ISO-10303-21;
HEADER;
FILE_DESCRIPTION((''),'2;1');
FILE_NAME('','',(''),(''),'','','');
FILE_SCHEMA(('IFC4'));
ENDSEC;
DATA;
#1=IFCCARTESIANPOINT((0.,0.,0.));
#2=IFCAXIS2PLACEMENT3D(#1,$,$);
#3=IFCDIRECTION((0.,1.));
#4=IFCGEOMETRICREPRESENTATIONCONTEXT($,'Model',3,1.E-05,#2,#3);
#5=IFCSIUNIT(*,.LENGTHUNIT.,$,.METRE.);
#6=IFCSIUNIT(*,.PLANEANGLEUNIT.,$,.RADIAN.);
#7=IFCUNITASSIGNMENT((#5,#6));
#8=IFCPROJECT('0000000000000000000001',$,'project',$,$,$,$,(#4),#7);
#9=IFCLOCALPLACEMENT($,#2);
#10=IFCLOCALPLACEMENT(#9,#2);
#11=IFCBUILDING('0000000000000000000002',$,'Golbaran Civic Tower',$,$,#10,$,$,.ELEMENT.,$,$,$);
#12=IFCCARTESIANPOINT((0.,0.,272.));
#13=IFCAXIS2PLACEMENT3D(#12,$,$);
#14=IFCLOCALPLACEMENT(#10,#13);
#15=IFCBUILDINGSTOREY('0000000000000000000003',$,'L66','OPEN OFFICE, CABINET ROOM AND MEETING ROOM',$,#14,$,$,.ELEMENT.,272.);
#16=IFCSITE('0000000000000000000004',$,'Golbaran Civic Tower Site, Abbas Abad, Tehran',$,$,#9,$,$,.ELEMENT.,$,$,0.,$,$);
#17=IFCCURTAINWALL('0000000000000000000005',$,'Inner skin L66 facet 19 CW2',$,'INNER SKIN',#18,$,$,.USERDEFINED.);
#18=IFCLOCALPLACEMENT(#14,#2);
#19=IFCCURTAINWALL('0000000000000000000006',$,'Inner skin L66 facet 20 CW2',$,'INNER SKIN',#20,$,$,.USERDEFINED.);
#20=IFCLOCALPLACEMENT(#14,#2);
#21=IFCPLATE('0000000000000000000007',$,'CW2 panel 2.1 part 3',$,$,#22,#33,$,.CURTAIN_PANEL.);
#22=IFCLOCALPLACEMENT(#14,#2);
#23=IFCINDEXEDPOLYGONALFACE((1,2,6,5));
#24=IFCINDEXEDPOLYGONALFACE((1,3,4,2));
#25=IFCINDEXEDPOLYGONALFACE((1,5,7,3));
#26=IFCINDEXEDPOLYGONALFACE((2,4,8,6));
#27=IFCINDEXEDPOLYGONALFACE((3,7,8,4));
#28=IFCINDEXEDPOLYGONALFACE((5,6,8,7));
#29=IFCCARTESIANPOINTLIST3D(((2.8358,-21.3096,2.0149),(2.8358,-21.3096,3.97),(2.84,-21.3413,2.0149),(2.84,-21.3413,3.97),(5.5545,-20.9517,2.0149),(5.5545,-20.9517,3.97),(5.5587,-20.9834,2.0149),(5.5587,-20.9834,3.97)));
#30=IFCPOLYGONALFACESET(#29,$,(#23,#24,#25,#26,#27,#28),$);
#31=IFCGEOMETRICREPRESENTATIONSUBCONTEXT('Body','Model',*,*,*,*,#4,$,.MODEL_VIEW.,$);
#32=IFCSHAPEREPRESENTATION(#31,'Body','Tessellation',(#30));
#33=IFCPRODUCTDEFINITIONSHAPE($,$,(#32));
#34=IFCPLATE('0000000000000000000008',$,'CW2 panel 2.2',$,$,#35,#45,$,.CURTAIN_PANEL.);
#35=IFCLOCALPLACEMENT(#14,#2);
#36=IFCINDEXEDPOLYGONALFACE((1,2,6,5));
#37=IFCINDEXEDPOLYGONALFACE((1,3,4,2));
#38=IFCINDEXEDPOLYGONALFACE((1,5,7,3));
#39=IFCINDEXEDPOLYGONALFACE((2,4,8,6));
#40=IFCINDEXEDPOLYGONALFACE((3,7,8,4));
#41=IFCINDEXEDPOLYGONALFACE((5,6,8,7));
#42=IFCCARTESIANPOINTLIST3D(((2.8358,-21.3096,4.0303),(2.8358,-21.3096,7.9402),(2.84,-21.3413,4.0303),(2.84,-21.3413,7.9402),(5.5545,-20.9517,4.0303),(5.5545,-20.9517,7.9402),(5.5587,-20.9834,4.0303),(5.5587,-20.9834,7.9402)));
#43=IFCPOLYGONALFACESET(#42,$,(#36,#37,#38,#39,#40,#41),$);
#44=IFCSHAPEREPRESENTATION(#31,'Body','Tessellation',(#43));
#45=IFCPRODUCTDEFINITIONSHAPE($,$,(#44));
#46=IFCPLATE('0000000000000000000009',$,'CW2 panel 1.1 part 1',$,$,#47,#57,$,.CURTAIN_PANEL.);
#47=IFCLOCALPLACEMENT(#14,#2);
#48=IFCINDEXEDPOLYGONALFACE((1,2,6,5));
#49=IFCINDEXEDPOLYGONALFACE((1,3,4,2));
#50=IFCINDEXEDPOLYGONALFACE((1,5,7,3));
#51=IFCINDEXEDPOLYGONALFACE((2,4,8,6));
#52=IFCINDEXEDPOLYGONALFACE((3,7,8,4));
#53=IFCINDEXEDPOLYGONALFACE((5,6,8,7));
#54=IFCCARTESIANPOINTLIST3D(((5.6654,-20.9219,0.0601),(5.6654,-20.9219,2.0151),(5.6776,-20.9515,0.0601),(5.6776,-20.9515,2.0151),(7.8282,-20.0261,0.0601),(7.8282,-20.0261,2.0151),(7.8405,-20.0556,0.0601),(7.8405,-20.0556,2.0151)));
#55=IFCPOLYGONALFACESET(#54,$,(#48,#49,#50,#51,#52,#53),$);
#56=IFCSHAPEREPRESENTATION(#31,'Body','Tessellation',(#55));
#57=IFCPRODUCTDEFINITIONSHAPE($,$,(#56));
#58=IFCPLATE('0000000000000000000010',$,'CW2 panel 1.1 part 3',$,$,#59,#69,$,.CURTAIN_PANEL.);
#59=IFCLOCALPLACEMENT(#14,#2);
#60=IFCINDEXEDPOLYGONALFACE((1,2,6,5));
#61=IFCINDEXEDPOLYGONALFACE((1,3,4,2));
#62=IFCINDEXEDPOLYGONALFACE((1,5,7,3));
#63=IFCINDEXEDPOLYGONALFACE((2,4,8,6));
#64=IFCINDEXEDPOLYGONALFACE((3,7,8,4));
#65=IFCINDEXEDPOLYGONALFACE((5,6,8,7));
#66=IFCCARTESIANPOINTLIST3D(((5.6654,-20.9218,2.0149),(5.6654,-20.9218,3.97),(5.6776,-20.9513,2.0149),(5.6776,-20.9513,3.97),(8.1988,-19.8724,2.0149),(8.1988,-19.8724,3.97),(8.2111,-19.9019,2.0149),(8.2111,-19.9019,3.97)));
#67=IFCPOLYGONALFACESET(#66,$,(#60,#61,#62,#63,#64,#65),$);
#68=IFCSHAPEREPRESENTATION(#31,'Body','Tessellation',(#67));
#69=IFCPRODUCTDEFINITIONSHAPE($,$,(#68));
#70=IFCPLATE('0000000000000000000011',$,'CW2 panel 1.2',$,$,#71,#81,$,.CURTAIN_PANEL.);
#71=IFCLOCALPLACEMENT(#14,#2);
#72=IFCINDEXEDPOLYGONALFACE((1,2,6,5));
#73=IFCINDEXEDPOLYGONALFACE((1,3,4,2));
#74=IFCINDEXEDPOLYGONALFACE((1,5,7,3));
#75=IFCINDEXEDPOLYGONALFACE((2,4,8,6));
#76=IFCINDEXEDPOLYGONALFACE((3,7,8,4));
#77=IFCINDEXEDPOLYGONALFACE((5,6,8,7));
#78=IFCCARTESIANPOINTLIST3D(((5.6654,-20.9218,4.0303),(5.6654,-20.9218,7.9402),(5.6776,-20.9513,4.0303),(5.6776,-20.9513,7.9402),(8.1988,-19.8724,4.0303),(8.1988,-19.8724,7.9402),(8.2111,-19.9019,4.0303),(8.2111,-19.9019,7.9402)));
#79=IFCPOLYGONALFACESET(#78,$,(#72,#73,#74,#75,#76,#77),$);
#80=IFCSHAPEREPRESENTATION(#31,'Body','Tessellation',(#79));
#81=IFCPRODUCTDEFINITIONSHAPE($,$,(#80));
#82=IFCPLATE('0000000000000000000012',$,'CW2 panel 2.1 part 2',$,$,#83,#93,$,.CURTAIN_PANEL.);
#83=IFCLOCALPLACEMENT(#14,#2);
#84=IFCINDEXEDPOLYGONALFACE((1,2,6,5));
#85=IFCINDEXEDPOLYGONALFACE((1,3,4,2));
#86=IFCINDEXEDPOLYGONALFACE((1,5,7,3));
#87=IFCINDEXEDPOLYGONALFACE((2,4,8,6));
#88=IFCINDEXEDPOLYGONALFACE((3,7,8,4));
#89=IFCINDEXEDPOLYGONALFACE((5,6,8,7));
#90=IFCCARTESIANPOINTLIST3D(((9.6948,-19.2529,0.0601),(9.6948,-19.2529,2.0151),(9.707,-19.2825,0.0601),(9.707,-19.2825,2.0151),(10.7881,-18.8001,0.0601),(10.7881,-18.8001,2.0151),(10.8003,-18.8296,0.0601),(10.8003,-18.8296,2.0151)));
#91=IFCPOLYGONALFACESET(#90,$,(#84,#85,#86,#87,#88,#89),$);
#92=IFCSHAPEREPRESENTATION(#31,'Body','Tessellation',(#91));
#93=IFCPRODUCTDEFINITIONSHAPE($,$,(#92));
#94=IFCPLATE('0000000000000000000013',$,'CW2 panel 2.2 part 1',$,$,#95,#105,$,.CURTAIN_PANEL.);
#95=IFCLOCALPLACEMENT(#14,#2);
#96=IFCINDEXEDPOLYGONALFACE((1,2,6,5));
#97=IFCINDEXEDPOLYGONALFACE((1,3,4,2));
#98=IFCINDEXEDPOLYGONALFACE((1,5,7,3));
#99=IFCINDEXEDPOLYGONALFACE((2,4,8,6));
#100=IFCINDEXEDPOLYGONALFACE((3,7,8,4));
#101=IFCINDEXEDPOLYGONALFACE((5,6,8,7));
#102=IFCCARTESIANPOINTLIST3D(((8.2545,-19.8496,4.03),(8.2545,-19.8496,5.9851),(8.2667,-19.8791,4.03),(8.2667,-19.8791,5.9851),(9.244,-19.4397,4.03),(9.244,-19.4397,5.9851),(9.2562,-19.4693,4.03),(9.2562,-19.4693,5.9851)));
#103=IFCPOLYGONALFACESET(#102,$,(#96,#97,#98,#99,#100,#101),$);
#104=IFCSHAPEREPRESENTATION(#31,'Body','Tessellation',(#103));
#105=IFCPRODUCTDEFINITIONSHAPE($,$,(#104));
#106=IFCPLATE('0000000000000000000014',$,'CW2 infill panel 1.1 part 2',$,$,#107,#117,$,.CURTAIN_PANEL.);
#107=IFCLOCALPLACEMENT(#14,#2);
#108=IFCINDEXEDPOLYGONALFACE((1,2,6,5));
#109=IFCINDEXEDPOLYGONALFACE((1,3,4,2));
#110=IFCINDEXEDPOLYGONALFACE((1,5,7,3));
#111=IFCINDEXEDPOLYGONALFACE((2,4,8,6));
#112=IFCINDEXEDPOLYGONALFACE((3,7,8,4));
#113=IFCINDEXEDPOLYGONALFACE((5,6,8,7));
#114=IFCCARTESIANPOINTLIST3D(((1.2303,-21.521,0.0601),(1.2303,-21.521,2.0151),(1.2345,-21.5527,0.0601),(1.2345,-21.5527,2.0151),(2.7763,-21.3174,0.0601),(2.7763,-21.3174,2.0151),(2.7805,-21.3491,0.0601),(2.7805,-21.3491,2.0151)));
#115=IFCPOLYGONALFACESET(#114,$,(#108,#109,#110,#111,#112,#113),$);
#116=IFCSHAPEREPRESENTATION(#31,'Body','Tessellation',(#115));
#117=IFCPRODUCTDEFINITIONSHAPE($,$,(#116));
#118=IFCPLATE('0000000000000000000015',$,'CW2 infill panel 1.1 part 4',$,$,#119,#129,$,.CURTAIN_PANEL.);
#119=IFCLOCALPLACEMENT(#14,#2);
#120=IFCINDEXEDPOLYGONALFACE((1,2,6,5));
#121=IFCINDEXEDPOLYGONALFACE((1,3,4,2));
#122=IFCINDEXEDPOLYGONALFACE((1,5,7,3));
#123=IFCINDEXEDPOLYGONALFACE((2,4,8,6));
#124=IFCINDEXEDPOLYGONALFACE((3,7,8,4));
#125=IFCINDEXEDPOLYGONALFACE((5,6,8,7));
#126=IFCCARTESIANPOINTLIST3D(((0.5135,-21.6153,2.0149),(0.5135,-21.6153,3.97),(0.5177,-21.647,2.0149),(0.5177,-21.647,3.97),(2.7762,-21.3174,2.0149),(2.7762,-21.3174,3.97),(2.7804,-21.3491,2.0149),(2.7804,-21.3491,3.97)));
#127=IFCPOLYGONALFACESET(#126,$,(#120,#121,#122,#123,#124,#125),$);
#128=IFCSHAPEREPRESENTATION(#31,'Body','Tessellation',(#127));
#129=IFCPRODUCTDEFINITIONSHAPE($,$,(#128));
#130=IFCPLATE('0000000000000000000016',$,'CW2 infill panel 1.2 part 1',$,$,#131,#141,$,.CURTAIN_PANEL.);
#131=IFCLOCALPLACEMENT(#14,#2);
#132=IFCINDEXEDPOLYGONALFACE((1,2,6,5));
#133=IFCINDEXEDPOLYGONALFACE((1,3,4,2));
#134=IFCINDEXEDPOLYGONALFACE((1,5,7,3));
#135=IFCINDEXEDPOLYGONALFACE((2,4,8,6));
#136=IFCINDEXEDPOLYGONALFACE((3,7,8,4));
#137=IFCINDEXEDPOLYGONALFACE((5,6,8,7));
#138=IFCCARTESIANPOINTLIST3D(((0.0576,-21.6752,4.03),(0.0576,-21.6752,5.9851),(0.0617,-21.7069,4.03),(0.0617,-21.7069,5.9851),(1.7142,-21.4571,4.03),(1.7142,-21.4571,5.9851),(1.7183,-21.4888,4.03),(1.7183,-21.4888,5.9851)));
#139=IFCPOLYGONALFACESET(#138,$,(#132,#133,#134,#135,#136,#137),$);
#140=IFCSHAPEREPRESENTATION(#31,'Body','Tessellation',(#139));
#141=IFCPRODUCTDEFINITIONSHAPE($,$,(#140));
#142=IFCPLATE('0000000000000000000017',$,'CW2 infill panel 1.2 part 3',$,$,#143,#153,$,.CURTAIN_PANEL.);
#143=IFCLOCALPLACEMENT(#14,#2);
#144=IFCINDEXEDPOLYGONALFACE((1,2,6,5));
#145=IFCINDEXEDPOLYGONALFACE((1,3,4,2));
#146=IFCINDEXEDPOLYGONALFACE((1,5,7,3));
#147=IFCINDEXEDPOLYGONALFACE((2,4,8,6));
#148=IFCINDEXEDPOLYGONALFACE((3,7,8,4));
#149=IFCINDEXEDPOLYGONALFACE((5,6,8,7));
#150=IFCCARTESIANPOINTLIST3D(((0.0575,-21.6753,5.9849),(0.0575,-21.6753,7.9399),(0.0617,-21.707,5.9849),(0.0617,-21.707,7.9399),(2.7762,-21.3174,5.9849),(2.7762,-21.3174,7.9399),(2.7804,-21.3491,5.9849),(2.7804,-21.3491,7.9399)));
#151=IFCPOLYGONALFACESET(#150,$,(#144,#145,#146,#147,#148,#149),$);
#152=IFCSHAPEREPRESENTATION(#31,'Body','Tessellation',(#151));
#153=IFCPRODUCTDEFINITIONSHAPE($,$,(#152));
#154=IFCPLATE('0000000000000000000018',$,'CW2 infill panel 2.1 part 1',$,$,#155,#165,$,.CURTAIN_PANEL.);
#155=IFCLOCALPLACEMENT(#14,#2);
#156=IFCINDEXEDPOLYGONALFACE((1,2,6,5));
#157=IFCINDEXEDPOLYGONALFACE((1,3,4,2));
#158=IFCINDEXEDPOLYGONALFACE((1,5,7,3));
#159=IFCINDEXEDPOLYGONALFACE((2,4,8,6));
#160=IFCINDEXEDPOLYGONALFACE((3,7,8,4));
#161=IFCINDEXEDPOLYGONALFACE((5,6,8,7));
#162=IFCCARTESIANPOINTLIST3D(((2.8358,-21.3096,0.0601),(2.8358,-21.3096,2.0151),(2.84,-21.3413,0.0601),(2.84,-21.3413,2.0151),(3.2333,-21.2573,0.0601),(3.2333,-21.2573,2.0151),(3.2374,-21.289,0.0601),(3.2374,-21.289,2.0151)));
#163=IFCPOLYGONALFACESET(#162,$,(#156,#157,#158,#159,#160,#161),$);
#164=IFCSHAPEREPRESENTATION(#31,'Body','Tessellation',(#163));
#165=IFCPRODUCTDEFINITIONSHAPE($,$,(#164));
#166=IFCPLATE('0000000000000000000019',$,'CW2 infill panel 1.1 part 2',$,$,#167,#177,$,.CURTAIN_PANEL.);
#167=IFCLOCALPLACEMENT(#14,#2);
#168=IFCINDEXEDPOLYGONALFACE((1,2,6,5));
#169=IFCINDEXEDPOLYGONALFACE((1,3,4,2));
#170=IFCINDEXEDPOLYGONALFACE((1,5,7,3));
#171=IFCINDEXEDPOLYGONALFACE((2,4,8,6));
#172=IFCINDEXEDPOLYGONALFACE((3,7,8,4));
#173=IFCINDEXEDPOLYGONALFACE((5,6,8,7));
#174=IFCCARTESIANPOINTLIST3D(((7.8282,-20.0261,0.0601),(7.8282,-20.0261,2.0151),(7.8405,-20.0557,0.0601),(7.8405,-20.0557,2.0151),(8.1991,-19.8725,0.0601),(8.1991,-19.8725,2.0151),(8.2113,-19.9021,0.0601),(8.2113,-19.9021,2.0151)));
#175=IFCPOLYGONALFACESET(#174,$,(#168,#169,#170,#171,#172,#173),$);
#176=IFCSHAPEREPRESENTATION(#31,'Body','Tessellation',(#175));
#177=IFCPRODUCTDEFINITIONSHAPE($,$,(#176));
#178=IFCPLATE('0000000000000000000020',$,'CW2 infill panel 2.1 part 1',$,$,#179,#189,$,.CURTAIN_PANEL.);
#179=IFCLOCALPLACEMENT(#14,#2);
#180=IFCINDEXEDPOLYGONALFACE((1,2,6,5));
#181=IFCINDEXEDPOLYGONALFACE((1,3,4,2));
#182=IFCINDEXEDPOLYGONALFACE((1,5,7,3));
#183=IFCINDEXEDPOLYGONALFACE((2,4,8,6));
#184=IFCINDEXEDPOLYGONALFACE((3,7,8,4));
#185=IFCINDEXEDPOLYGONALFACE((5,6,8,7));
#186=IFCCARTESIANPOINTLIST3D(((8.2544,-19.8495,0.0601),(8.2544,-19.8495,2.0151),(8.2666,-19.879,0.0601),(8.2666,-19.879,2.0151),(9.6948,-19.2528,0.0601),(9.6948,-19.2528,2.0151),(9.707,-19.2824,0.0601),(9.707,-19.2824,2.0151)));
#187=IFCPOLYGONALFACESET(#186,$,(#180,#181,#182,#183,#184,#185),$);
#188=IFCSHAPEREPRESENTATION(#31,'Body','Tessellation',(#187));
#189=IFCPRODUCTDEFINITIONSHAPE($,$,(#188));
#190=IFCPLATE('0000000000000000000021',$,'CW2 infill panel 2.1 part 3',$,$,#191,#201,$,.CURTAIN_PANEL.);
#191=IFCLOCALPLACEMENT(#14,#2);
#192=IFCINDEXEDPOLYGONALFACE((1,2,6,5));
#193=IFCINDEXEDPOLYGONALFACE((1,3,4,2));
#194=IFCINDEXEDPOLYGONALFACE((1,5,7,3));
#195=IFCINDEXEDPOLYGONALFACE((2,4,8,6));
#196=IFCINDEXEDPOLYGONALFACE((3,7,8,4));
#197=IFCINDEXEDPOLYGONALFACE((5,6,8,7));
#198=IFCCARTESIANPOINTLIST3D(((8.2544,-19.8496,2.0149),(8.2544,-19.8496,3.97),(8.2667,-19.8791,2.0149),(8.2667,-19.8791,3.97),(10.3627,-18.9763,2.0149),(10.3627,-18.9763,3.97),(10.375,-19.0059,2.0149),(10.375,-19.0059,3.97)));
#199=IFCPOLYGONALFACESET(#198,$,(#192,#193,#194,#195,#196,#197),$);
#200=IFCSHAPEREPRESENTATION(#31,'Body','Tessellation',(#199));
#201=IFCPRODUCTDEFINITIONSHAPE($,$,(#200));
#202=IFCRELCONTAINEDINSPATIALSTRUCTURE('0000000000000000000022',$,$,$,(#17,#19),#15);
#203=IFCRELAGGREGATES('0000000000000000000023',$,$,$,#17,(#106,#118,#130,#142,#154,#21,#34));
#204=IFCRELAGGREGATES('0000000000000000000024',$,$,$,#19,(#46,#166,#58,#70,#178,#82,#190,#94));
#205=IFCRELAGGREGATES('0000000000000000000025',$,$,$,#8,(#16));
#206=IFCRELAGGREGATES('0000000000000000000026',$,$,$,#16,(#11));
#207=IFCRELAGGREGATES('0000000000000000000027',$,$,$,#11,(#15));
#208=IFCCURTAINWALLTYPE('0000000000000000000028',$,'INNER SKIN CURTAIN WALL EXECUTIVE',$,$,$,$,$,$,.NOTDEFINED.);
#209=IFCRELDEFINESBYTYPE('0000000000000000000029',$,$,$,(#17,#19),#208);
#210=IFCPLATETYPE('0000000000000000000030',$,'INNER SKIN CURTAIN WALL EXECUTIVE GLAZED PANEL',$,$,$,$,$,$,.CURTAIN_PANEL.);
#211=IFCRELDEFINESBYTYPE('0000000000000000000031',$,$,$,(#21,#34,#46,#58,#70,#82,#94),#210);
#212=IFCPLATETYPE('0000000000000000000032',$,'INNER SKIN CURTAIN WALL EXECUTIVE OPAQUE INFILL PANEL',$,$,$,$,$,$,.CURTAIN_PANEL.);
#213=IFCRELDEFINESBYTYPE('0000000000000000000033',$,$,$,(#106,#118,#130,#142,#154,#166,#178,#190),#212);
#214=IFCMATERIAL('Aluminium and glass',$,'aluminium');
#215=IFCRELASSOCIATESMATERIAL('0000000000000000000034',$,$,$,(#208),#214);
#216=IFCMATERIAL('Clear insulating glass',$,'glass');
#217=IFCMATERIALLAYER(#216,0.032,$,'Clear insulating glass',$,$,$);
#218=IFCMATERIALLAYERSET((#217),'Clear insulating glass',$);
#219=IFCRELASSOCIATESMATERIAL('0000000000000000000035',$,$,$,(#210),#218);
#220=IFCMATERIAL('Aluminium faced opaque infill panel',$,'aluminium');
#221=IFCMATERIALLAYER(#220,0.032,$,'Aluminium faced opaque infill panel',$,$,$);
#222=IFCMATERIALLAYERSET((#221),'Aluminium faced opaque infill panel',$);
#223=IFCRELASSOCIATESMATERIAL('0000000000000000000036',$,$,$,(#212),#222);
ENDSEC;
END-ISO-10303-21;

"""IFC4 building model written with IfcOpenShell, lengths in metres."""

from ifc_helpers import new_model, si_unit, direction, frame, origin, origin_2d, place, context, subcontext, project, spatial, rectangle, extrude, material, layer, layer_set, type_object, element, aggregate, save


model = new_model("IFC4")

# Units and contexts
model_context = context("Model", 3, precision=1e-05, world=origin(), true_north=direction((0.0, 1.0)))
body_context = subcontext(model_context, "Body", "Model", "MODEL_VIEW")
ifc_project = project(units=[si_unit("LENGTHUNIT", "METRE"), si_unit("PLANEANGLEUNIT", "RADIAN")], contexts=[model_context])

# Site, building, storey
site_placement = place(None, origin())
site = spatial("IfcSite", under=ifc_project, at=site_placement, Name="Golbaran Civic Tower Site, Abbas Abad, Tehran", CompositionType="ELEMENT", RefElevation=0.0)
building_placement = place(site_placement, origin())
building = spatial("IfcBuilding", under=site, at=building_placement, Name="Golbaran Civic Tower", CompositionType="ELEMENT")
storey_placement = place(building_placement, frame((0.0, 0.0, 272.0)))
storey = spatial("IfcBuildingStorey", under=building, at=storey_placement, Name="L66", Description="OPEN OFFICE, CABINET ROOM AND MEETING ROOM", CompositionType="ELEMENT", Elevation=272.0)

# Curtain walls
ifc_material_1 = material(Name="Aluminium and glass", Category="aluminium")
curtain_wall_type = type_object("IfcCurtainWallType", Name="INNER SKIN CURTAIN WALL EXECUTIVE", PredefinedType="NOTDEFINED", material=ifc_material_1)
curtain_wall_1_placement = place(storey_placement, origin())
curtain_wall_1 = element("IfcCurtainWall", 1, at=curtain_wall_1_placement, inside=storey, type_object=curtain_wall_type, Name="Inner skin L66 facet 19 CW2", ObjectType="INNER SKIN", PredefinedType="USERDEFINED")
curtain_wall_2_placement = place(storey_placement, origin())
curtain_wall_2 = element("IfcCurtainWall", 2, at=curtain_wall_2_placement, inside=storey, type_object=curtain_wall_type, Name="Inner skin L66 facet 20 CW2", ObjectType="INNER SKIN", PredefinedType="USERDEFINED")

# Plates
ifc_material_2 = material(Name="Clear insulating glass", Category="glass")
ifc_layer_1 = layer(ifc_material_2, 0.032, Name="Clear insulating glass")
ifc_layer_set_1 = layer_set([ifc_layer_1], Name="Clear insulating glass")
plate_type_1 = type_object("IfcPlateType", Name="INNER SKIN CURTAIN WALL EXECUTIVE GLAZED PANEL", PredefinedType="CURTAIN_PANEL", material=ifc_layer_set_1)
plate_1_placement = place(storey_placement, frame((4.1973, -21.1465, 2.0149), z_axis=(0.0, 0.0, 1.0), x_axis=(0.991445, 0.130526, 0.0)))
plate_1 = element("IfcPlate", 3, at=plate_1_placement, type_object=plate_type_1, Name="CW2 panel 2.1 part 3", PredefinedType="CURTAIN_PANEL", context=body_context, shape_type="SweptSolid", body=[
    extrude(rectangle(XDim=2.7422, YDim=0.032, at=origin_2d()), origin(), (0.0, 0.0, 1.0), 1.9551),
])
plate_2_placement = place(storey_placement, frame((4.1973, -21.1465, 4.0303), z_axis=(0.0, 0.0, 1.0), x_axis=(0.991445, 0.130526, 0.0)))
plate_2 = element("IfcPlate", 4, at=plate_2_placement, type_object=plate_type_1, Name="CW2 panel 2.2", PredefinedType="CURTAIN_PANEL", context=body_context, shape_type="SweptSolid", body=[
    extrude(rectangle(XDim=2.7422, YDim=0.032, at=origin_2d()), origin(), (0.0, 0.0, 1.0), 3.9099),
])
plate_3_placement = place(storey_placement, frame((6.7529, -20.4888, 0.0601), z_axis=(0.0, 0.0, 1.0), x_axis=(0.92388, 0.382683, 0.0)))
plate_3 = element("IfcPlate", 5, at=plate_3_placement, type_object=plate_type_1, Name="CW2 panel 1.1 part 1", PredefinedType="CURTAIN_PANEL", context=body_context, shape_type="SweptSolid", body=[
    extrude(rectangle(XDim=2.3411, YDim=0.032, at=origin_2d()), origin(), (0.0, 0.0, 1.0), 1.9551),
])
plate_4_placement = place(storey_placement, frame((6.9382, -20.4119, 2.0149), z_axis=(0.0, 0.0, 1.0), x_axis=(0.92388, 0.382683, 0.0)))
plate_4 = element("IfcPlate", 6, at=plate_4_placement, type_object=plate_type_1, Name="CW2 panel 1.1 part 3", PredefinedType="CURTAIN_PANEL", context=body_context, shape_type="SweptSolid", body=[
    extrude(rectangle(XDim=2.7422, YDim=0.032, at=origin_2d()), origin(), (0.0, 0.0, 1.0), 1.9551),
])
plate_5_placement = place(storey_placement, frame((6.9382, -20.4119, 4.0303), z_axis=(0.0, 0.0, 1.0), x_axis=(0.92388, 0.382683, 0.0)))
plate_5 = element("IfcPlate", 7, at=plate_5_placement, type_object=plate_type_1, Name="CW2 panel 1.2", PredefinedType="CURTAIN_PANEL", context=body_context, shape_type="SweptSolid", body=[
    extrude(rectangle(XDim=2.7422, YDim=0.032, at=origin_2d()), origin(), (0.0, 0.0, 1.0), 3.9099),
])
plate_6_placement = place(storey_placement, frame((10.2476, -19.0413, 0.0601), z_axis=(0.0, 0.0, 1.0), x_axis=(0.92388, 0.382683, 0.0)))
plate_6 = element("IfcPlate", 8, at=plate_6_placement, type_object=plate_type_1, Name="CW2 panel 2.1 part 2", PredefinedType="CURTAIN_PANEL", context=body_context, shape_type="SweptSolid", body=[
    extrude(rectangle(XDim=1.1833, YDim=0.032, at=origin_2d()), origin(), (0.0, 0.0, 1.0), 1.9551),
])
plate_7_placement = place(storey_placement, frame((8.7554, -19.6594, 4.03), z_axis=(0.0, 0.0, 1.0), x_axis=(0.92388, 0.382683, 0.0)))
plate_7 = element("IfcPlate", 9, at=plate_7_placement, type_object=plate_type_1, Name="CW2 panel 2.2 part 1", PredefinedType="CURTAIN_PANEL", context=body_context, shape_type="SweptSolid", body=[
    extrude(rectangle(XDim=1.071, YDim=0.032, at=origin_2d()), origin(), (0.0, 0.0, 1.0), 1.9551),
])
ifc_material_3 = material(Name="Aluminium faced opaque infill panel", Category="aluminium")
ifc_layer_2 = layer(ifc_material_3, 0.032, Name="Aluminium faced opaque infill panel")
ifc_layer_set_2 = layer_set([ifc_layer_2], Name="Aluminium faced opaque infill panel")
plate_type_2 = type_object("IfcPlateType", Name="INNER SKIN CURTAIN WALL EXECUTIVE OPAQUE INFILL PANEL", PredefinedType="CURTAIN_PANEL", material=ifc_layer_set_2)
plate_8_placement = place(storey_placement, frame((2.0054, -21.4351, 0.0601), z_axis=(0.0, 0.0, 1.0), x_axis=(0.991445, 0.130526, 0.0)))
plate_8 = element("IfcPlate", 10, at=plate_8_placement, type_object=plate_type_2, Name="CW2 infill panel 1.1 part 2", PredefinedType="CURTAIN_PANEL", context=body_context, shape_type="SweptSolid", body=[
    extrude(rectangle(XDim=1.5593, YDim=0.032, at=origin_2d()), origin(), (0.0, 0.0, 1.0), 1.9551),
])
plate_9_placement = place(storey_placement, frame((1.647, -21.4822, 2.0149), z_axis=(0.0, 0.0, 1.0), x_axis=(0.991445, 0.130526, 0.0)))
plate_9 = element("IfcPlate", 11, at=plate_9_placement, type_object=plate_type_2, Name="CW2 infill panel 1.1 part 4", PredefinedType="CURTAIN_PANEL", context=body_context, shape_type="SweptSolid", body=[
    extrude(rectangle(XDim=2.2822, YDim=0.032, at=origin_2d()), origin(), (0.0, 0.0, 1.0), 1.9551),
])
plate_10_placement = place(storey_placement, frame((0.8879, -21.582, 4.03), z_axis=(0.0, 0.0, 1.0), x_axis=(0.991445, 0.130526, 0.0)))
plate_10 = element("IfcPlate", 12, at=plate_10_placement, type_object=plate_type_2, Name="CW2 infill panel 1.2 part 1", PredefinedType="CURTAIN_PANEL", context=body_context, shape_type="SweptSolid", body=[
    extrude(rectangle(XDim=1.6709, YDim=0.032, at=origin_2d()), origin(), (0.0, 0.0, 1.0), 1.9551),
])
plate_11_placement = place(storey_placement, frame((1.4189, -21.5122, 5.9849), z_axis=(0.0, 0.0, 1.0), x_axis=(0.991445, 0.130526, 0.0)))
plate_11 = element("IfcPlate", 13, at=plate_11_placement, type_object=plate_type_2, Name="CW2 infill panel 1.2 part 3", PredefinedType="CURTAIN_PANEL", context=body_context, shape_type="SweptSolid", body=[
    extrude(rectangle(XDim=2.7422, YDim=0.032, at=origin_2d()), origin(), (0.0, 0.0, 1.0), 1.9551),
])
plate_12_placement = place(storey_placement, frame((3.0366, -21.2993, 0.0601), z_axis=(0.0, 0.0, 1.0), x_axis=(0.991445, 0.130526, 0.0)))
plate_12 = element("IfcPlate", 14, at=plate_12_placement, type_object=plate_type_2, Name="CW2 infill panel 2.1 part 1", PredefinedType="CURTAIN_PANEL", context=body_context, shape_type="SweptSolid", body=[
    extrude(rectangle(XDim=0.4009, YDim=0.032, at=origin_2d()), origin(), (0.0, 0.0, 1.0), 1.9551),
])
aggregate(curtain_wall_1, [plate_8, plate_9, plate_10, plate_11, plate_12, plate_1, plate_2])
plate_13_placement = place(storey_placement, frame((8.0198, -19.9641, 0.0601), z_axis=(0.0, 0.0, 1.0), x_axis=(0.92388, 0.382683, 0.0)))
plate_13 = element("IfcPlate", 15, at=plate_13_placement, type_object=plate_type_2, Name="CW2 infill panel 1.1 part 2", PredefinedType="CURTAIN_PANEL", context=body_context, shape_type="SweptSolid", body=[
    extrude(rectangle(XDim=0.4014, YDim=0.032, at=origin_2d()), origin(), (0.0, 0.0, 1.0), 1.9551),
])
plate_14_placement = place(storey_placement, frame((8.9807, -19.5659, 0.0601), z_axis=(0.0, 0.0, 1.0), x_axis=(0.92388, 0.382683, 0.0)))
plate_14 = element("IfcPlate", 16, at=plate_14_placement, type_object=plate_type_2, Name="CW2 infill panel 2.1 part 1", PredefinedType="CURTAIN_PANEL", context=body_context, shape_type="SweptSolid", body=[
    extrude(rectangle(XDim=1.5591, YDim=0.032, at=origin_2d()), origin(), (0.0, 0.0, 1.0), 1.9551),
])
plate_15_placement = place(storey_placement, frame((9.3147, -19.4277, 2.0149), z_axis=(0.0, 0.0, 1.0), x_axis=(0.92388, 0.382683, 0.0)))
plate_15 = element("IfcPlate", 17, at=plate_15_placement, type_object=plate_type_2, Name="CW2 infill panel 2.1 part 3", PredefinedType="CURTAIN_PANEL", context=body_context, shape_type="SweptSolid", body=[
    extrude(rectangle(XDim=2.282, YDim=0.032, at=origin_2d()), origin(), (0.0, 0.0, 1.0), 1.9551),
])
aggregate(curtain_wall_2, [plate_3, plate_13, plate_4, plate_5, plate_14, plate_6, plate_15, plate_7])

save(model, "model.ifc")
